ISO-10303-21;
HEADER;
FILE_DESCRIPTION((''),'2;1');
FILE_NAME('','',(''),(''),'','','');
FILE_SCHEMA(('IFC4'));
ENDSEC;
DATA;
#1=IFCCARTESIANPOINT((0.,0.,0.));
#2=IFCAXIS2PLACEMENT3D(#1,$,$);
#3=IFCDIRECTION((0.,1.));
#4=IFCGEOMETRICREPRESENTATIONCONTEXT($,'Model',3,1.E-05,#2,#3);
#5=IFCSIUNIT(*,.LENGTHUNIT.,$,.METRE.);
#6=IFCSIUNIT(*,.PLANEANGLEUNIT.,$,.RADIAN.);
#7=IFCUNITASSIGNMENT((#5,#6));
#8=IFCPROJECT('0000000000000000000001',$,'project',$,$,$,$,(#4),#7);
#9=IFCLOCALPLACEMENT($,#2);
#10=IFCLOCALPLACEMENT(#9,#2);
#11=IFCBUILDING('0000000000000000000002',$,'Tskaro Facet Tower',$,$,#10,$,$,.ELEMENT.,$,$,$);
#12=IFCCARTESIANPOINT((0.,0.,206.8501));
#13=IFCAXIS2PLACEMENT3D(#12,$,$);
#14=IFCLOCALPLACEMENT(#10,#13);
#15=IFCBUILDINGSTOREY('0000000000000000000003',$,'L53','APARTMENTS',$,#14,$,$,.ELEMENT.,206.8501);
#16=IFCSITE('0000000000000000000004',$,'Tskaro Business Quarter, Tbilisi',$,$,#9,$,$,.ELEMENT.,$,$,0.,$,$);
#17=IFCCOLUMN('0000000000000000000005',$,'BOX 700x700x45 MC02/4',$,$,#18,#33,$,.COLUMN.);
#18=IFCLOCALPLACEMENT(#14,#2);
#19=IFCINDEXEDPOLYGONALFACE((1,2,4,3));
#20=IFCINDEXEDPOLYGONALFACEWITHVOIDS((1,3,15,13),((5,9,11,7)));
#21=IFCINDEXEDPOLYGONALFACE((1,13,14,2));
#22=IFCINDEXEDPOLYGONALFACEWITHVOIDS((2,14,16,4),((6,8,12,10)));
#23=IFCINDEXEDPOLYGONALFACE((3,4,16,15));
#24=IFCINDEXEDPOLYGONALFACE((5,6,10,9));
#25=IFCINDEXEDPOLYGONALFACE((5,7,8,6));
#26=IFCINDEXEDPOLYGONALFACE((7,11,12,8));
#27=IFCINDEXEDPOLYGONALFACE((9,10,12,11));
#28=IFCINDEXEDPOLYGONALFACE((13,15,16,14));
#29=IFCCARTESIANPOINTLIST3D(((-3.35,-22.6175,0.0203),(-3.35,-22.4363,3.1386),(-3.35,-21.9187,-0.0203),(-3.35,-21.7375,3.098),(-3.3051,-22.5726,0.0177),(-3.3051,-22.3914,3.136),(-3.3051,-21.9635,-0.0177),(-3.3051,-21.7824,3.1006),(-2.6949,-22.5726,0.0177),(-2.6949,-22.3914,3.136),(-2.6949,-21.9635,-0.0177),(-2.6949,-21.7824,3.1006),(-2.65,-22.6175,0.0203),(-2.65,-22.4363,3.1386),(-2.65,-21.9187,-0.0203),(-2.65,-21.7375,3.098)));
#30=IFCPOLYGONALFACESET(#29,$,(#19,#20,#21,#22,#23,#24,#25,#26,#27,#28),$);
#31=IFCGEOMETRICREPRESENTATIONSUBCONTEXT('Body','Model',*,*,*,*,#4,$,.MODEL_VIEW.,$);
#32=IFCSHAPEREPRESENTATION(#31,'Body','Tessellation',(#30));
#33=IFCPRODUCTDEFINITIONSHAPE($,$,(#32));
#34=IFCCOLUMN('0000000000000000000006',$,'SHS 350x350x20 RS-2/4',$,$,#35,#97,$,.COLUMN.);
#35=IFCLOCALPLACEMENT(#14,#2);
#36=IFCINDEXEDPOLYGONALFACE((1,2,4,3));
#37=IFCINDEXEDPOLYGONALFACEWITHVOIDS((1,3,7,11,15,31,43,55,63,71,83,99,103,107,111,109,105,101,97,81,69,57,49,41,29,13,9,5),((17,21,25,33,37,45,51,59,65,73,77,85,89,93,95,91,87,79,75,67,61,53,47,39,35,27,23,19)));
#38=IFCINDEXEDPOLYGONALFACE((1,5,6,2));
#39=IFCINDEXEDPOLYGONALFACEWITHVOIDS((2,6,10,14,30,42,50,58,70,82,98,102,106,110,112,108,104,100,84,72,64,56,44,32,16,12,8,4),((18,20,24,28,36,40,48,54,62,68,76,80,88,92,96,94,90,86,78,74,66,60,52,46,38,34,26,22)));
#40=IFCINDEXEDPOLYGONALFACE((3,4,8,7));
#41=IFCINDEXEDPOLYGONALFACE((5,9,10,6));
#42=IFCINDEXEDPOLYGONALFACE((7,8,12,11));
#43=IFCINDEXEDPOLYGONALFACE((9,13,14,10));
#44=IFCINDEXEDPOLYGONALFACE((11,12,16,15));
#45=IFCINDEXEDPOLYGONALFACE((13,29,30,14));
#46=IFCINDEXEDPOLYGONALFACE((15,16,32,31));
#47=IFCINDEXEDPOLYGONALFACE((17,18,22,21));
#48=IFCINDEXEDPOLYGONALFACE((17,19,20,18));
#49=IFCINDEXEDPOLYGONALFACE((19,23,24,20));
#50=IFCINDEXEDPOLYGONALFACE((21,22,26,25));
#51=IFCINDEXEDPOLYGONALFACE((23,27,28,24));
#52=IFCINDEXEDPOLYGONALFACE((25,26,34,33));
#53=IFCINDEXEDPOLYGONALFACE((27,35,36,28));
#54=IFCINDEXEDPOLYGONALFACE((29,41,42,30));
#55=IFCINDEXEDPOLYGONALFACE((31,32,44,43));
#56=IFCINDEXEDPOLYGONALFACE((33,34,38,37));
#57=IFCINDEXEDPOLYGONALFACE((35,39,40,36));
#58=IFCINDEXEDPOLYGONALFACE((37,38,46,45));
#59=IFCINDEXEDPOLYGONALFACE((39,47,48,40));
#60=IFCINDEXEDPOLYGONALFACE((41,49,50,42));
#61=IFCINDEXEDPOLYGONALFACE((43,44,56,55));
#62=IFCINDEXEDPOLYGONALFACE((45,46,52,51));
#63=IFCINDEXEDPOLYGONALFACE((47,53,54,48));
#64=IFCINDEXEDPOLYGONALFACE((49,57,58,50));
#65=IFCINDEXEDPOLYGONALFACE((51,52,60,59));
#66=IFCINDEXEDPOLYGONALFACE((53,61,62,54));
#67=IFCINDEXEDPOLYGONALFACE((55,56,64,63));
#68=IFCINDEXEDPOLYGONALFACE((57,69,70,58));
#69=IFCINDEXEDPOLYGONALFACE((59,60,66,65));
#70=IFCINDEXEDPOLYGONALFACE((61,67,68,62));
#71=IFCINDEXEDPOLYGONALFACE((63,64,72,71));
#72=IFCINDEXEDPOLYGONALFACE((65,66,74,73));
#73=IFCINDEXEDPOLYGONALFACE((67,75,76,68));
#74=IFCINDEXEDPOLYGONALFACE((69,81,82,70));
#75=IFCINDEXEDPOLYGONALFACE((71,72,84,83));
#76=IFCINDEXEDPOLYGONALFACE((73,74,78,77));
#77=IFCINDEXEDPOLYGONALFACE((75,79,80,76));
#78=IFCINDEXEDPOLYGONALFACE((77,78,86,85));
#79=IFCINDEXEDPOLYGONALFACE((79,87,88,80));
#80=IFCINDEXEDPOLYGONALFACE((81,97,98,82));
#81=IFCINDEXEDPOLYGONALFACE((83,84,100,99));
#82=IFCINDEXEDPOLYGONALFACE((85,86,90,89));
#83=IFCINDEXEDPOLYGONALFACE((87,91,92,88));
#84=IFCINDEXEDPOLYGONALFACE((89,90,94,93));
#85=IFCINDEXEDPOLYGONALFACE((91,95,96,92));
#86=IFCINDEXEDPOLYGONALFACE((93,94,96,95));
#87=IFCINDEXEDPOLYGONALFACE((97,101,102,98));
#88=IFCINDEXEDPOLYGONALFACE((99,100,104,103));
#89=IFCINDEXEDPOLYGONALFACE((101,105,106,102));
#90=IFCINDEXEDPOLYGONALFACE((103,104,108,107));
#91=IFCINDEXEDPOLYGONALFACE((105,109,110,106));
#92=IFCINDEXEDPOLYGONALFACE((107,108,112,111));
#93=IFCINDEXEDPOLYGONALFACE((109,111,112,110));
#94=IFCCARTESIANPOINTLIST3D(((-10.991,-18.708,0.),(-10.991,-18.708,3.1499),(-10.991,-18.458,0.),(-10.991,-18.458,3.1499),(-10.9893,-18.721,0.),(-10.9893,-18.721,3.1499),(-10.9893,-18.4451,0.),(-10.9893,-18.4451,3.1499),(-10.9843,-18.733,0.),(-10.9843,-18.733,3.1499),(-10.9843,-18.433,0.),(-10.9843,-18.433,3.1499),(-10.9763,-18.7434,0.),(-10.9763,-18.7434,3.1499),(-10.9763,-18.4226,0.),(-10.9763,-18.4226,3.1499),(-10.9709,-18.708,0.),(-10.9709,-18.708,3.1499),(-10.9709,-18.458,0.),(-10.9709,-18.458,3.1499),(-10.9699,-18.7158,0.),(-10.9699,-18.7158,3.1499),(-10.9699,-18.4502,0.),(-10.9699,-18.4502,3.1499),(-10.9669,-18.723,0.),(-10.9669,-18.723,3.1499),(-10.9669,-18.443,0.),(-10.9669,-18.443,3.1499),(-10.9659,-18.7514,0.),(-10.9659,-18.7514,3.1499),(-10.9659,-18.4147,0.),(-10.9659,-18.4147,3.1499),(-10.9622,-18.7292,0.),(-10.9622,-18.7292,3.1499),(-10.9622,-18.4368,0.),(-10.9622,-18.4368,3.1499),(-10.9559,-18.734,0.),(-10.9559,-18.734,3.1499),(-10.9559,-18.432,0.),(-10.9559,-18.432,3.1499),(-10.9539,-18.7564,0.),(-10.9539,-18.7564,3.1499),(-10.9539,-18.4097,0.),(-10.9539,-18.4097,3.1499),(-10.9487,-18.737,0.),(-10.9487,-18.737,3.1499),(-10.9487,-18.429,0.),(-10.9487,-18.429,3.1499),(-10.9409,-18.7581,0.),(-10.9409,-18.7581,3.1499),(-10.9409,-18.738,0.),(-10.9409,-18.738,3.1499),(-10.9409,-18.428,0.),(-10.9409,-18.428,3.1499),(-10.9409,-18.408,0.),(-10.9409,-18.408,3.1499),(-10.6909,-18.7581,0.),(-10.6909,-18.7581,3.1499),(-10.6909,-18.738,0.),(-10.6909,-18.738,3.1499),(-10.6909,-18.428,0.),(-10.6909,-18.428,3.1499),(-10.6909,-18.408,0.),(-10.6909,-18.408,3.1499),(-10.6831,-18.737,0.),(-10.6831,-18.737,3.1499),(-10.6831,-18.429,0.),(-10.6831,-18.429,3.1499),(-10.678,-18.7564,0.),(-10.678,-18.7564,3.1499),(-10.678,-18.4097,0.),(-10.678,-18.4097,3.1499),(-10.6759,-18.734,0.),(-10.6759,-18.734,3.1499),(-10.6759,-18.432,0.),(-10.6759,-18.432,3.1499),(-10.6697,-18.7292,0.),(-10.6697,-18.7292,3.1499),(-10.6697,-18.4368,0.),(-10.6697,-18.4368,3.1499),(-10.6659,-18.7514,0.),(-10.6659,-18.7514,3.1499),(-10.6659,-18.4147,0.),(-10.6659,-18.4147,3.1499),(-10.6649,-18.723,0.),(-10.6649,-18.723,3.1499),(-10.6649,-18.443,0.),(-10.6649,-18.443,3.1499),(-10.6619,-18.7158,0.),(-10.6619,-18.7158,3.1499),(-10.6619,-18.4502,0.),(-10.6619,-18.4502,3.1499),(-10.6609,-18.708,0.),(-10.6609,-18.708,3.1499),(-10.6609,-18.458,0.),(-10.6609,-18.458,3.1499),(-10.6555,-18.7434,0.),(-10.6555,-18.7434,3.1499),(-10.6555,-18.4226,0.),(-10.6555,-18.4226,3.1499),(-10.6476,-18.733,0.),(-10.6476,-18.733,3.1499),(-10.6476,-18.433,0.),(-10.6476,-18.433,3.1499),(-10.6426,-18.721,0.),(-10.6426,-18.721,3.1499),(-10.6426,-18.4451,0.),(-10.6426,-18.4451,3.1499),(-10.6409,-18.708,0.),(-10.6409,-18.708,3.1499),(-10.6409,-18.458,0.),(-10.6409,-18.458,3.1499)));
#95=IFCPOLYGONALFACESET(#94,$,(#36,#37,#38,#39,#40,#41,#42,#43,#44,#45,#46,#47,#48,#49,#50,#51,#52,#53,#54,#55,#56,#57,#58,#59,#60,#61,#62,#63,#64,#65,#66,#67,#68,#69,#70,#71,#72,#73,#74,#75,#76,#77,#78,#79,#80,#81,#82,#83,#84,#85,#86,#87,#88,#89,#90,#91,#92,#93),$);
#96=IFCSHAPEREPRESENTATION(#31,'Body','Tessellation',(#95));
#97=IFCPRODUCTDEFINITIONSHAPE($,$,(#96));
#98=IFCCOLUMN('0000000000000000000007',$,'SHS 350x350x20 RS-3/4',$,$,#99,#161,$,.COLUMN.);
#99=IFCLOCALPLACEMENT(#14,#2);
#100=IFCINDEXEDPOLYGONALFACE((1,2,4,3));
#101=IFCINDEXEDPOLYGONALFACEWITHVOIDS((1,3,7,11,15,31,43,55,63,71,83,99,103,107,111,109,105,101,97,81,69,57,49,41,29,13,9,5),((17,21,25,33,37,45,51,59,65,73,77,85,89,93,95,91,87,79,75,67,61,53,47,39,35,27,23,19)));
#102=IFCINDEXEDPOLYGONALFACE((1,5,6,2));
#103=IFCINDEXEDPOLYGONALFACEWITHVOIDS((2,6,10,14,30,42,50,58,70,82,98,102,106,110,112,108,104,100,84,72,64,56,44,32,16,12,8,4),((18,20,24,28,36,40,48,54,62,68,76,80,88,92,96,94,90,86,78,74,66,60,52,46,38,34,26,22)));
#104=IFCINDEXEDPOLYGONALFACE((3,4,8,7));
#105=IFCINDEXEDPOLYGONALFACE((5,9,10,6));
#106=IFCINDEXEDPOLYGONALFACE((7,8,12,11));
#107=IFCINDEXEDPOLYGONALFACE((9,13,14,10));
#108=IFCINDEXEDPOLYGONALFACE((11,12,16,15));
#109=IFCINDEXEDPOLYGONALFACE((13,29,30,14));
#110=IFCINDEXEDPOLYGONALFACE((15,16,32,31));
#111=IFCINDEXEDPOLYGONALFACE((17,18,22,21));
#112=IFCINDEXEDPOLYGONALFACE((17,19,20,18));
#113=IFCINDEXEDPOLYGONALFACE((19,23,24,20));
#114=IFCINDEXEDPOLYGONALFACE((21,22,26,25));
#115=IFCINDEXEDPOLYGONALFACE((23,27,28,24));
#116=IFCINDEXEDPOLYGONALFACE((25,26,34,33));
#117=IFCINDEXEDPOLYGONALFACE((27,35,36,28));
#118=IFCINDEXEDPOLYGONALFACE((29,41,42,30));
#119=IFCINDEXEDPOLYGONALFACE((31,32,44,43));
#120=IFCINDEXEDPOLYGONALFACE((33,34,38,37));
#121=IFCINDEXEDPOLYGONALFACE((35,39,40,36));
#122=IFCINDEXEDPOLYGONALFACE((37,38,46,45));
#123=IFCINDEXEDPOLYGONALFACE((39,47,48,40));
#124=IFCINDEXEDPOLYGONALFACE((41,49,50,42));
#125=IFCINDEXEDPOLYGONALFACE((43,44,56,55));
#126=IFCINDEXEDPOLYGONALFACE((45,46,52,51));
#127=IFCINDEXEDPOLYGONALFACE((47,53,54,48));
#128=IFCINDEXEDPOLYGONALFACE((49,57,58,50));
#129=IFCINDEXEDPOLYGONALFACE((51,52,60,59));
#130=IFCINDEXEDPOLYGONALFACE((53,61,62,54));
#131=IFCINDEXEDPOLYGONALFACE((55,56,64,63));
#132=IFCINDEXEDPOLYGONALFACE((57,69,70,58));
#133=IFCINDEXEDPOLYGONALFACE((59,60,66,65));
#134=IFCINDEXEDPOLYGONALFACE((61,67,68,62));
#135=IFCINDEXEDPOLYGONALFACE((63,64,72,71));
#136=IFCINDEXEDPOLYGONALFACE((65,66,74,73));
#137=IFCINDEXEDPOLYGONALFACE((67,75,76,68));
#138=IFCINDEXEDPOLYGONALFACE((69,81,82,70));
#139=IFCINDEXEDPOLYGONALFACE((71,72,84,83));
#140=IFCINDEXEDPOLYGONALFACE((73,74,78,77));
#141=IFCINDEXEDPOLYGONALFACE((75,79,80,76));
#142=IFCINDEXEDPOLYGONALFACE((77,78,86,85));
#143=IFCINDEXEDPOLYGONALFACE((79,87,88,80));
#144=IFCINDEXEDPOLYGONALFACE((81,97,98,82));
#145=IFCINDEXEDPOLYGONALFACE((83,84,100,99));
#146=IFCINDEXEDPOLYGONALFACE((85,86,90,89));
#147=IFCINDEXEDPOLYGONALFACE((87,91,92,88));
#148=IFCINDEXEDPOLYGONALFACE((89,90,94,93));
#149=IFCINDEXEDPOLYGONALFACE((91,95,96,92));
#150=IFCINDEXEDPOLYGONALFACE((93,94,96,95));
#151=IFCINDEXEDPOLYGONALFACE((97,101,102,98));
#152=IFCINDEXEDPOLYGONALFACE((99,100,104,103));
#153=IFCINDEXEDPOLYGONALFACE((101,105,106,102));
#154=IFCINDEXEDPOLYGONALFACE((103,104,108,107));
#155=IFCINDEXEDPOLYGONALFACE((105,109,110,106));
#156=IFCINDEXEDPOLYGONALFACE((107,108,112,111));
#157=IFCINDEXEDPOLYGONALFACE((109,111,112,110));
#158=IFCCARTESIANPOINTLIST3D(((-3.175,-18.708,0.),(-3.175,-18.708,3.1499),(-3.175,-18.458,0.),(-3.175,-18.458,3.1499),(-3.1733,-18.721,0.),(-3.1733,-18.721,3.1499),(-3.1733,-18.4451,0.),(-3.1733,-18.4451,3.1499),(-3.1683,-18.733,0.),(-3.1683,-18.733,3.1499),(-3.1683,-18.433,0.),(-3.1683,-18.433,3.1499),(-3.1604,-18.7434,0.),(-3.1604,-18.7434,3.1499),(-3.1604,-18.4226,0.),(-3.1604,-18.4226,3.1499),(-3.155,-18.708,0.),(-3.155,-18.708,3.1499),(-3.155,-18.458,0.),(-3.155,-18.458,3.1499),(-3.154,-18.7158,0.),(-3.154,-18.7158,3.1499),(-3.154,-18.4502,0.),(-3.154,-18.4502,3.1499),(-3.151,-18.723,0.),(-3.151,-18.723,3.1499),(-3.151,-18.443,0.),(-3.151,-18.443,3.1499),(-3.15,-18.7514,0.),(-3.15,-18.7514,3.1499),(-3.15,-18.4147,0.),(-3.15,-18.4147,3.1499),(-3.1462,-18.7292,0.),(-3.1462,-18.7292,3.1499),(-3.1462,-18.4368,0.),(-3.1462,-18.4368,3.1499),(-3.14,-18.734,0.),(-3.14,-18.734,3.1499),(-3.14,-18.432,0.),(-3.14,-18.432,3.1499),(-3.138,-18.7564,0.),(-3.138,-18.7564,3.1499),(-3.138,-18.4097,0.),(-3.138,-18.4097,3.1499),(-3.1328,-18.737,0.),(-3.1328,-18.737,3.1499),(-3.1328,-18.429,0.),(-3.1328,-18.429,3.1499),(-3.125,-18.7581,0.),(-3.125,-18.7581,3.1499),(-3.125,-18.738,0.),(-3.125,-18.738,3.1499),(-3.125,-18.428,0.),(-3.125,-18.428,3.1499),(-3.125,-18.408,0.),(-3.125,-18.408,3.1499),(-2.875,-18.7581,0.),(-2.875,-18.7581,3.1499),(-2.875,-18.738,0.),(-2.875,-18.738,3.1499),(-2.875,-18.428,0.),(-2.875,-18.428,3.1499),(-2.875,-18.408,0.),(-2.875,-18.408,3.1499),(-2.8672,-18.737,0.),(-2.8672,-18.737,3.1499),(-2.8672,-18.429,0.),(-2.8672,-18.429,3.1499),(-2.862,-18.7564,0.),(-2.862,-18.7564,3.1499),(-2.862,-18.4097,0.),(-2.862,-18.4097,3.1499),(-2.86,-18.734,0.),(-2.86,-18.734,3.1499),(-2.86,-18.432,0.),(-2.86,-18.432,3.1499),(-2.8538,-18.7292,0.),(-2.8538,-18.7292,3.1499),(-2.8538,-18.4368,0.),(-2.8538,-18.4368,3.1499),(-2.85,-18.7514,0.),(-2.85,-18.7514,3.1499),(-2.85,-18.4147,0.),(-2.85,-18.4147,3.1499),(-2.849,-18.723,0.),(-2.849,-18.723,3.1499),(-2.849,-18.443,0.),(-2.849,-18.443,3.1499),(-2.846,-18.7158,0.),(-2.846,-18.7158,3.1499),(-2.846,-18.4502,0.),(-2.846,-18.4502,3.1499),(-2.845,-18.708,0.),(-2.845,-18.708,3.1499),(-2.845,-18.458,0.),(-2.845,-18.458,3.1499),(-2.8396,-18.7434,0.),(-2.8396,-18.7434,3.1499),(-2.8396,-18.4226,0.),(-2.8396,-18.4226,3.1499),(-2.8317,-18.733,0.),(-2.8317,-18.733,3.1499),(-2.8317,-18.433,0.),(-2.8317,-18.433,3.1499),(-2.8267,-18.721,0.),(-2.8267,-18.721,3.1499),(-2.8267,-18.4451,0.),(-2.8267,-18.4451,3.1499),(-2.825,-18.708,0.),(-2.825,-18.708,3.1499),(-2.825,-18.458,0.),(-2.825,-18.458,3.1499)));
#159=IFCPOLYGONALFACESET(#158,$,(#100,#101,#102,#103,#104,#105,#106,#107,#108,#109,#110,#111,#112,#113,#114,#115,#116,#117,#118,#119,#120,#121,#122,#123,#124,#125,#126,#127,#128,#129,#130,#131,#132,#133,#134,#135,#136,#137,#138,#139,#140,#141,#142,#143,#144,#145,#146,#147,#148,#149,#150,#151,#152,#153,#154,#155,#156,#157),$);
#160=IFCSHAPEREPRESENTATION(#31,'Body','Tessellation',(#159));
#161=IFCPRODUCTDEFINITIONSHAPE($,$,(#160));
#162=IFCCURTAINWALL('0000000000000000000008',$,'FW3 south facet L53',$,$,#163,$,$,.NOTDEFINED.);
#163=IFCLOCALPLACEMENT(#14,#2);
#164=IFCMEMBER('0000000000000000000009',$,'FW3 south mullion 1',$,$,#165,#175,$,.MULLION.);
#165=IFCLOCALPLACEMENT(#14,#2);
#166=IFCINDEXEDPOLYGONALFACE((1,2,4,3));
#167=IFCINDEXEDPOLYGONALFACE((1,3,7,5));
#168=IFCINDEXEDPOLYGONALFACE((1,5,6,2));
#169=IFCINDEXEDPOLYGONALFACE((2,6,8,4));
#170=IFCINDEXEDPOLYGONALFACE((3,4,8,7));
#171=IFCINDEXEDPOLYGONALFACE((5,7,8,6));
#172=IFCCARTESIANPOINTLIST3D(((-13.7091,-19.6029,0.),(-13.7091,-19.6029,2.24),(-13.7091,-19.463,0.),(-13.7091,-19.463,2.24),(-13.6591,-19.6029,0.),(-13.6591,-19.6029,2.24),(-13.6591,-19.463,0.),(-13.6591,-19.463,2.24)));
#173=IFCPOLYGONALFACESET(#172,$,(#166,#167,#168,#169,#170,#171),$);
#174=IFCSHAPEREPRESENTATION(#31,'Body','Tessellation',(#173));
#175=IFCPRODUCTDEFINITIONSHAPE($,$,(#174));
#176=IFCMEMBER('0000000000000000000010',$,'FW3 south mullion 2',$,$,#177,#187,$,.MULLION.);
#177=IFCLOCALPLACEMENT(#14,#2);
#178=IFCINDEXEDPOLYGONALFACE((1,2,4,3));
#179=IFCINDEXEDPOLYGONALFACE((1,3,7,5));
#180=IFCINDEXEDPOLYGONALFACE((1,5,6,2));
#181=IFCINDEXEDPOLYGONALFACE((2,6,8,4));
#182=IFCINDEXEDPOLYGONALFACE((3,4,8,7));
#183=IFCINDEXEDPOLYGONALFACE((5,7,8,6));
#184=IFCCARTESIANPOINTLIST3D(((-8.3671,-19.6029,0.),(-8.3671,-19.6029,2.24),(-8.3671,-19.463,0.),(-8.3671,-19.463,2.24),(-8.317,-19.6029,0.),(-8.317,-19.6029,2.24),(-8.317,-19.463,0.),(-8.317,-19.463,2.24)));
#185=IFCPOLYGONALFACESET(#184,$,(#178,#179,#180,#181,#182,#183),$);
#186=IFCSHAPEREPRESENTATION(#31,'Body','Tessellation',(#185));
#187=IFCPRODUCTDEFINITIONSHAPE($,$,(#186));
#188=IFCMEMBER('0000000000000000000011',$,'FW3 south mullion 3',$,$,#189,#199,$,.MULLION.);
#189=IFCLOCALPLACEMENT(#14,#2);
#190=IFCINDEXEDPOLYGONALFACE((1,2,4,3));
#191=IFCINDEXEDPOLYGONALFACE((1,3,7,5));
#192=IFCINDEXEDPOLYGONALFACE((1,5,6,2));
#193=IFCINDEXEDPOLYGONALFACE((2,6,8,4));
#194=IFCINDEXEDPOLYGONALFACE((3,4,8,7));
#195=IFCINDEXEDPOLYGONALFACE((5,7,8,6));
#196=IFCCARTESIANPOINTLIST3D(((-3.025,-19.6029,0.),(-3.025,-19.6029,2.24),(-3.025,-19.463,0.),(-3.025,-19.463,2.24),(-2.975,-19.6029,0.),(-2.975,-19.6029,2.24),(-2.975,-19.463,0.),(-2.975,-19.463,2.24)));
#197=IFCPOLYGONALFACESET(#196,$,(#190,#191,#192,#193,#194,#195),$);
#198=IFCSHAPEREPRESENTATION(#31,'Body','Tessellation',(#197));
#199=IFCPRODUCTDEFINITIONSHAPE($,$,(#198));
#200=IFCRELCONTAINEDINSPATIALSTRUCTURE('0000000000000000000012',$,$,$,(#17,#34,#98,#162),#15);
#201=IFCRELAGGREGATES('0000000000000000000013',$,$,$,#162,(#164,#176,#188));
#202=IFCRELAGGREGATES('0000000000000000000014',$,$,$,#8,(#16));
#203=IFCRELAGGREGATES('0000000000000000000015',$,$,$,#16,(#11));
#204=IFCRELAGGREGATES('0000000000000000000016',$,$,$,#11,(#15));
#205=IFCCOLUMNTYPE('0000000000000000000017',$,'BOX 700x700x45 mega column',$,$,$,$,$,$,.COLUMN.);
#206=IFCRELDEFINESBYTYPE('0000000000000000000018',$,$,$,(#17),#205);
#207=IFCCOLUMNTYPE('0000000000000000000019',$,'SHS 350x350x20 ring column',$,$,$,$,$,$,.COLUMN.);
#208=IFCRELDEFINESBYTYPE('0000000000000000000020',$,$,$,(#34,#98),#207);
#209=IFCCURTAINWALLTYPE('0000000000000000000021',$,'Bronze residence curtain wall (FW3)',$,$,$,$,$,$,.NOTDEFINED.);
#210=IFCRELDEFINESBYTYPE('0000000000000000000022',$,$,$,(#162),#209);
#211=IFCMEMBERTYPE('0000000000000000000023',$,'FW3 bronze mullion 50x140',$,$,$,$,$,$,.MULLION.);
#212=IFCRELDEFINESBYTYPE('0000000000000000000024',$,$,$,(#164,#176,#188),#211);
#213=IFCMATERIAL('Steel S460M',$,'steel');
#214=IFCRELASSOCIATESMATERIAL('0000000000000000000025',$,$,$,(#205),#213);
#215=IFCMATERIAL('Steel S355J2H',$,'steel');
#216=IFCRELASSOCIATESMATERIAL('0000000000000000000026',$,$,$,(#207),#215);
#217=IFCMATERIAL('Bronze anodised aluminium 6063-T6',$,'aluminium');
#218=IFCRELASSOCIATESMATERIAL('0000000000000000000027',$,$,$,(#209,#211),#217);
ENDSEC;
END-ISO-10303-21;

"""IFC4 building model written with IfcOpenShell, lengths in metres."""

from ifc_helpers import new_model, si_unit, direction, frame, origin, origin_2d, place, context, subcontext, project, spatial, rectangle, hollow_rectangle, extrude, material, material_profile, profile_set, type_object, element, aggregate, save


model = new_model("IFC4")

# Units and contexts
model_context = context("Model", 3, precision=1e-05, world=origin(), true_north=direction((0.0, 1.0)))
body_context = subcontext(model_context, "Body", "Model", "MODEL_VIEW")
ifc_project = project(units=[si_unit("LENGTHUNIT", "METRE"), si_unit("PLANEANGLEUNIT", "RADIAN")], contexts=[model_context])

# Site, building, storey
site_placement = place(None, origin())
site = spatial("IfcSite", under=ifc_project, at=site_placement, Name="Tskaro Business Quarter, Tbilisi", CompositionType="ELEMENT", RefElevation=0.0)
building_placement = place(site_placement, origin())
building = spatial("IfcBuilding", under=site, at=building_placement, Name="Tskaro Facet Tower", CompositionType="ELEMENT")
storey_placement = place(building_placement, frame((0.0, 0.0, 206.8501)))
storey = spatial("IfcBuildingStorey", under=building, at=storey_placement, Name="L53", Description="APARTMENTS", CompositionType="ELEMENT", Elevation=206.8501)

# Columns
ifc_material_1 = material(Name="Steel S460M", Category="steel")
ifc_material_profile_1 = material_profile(ifc_material_1, hollow_rectangle(XDim=0.7, YDim=0.7, WallThickness=0.0449, at=origin_2d()), Name="BOX 700x700x45")
ifc_profile_set_1 = profile_set([ifc_material_profile_1], Name="Steel S460M")
column_type_1 = type_object("IfcColumnType", Name="BOX 700x700x45 mega column", PredefinedType="COLUMN", material=ifc_profile_set_1)
column_placement = place(storey_placement, frame((-3.0, -22.2681, 0.0), z_axis=(0.0, 0.057998, 0.998317), x_axis=(-1.0, 0.0, 0.0)))
element("IfcColumn", 1, at=column_placement, inside=storey, type_object=column_type_1, Name="BOX 700x700x45 MC02/4", PredefinedType="COLUMN", context=body_context, shape_type="SweptSolid", body=[
    extrude(hollow_rectangle(XDim=0.7, YDim=0.7, WallThickness=0.0449, at=origin_2d()), origin(), (0.0, 0.0, 1.0), 3.1235),
])
ifc_material_2 = material(Name="Steel S355J2H", Category="steel")
ifc_material_profile_2 = material_profile(ifc_material_2, hollow_rectangle(XDim=0.3501, YDim=0.3501, WallThickness=0.02, InnerFilletRadius=0.03, OuterFilletRadius=0.05, at=origin_2d()), Name="SHS 350x350x20")
ifc_profile_set_2 = profile_set([ifc_material_profile_2], Name="Steel S355J2H")
column_type_2 = type_object("IfcColumnType", Name="SHS 350x350x20 ring column", PredefinedType="COLUMN", material=ifc_profile_set_2)
for number, where, z_axis, x_axis, name in (
    (2, (-10.8159, -18.583, 0.0), (0.0, 0.0, 1.0), (1.0, 0.0, 0.0), "SHS 350x350x20 RS-2/4"),
    (3, (-3.0, -18.583, 0.0), (0.0, 0.0, 1.0), (1.0, 0.0, 0.0), "SHS 350x350x20 RS-3/4"),
):
    element("IfcColumn", number, at=place(storey_placement, frame(where, z_axis=z_axis, x_axis=x_axis)), inside=storey, type_object=column_type_2, Name=name, PredefinedType="COLUMN", context=body_context, shape_type="SweptSolid", body=[
        extrude(hollow_rectangle(XDim=0.3501, YDim=0.3501, WallThickness=0.02, InnerFilletRadius=0.03, OuterFilletRadius=0.05, at=origin_2d()), origin(), (0.0, 0.0, 1.0), 3.1499),
    ])

# Curtain wall, members
ifc_material_3 = material(Name="Bronze anodised aluminium 6063-T6", Category="aluminium")
curtain_wall_type = type_object("IfcCurtainWallType", Name="Bronze residence curtain wall (FW3)", PredefinedType="NOTDEFINED", material=ifc_material_3)
curtain_wall_placement = place(storey_placement, origin())
curtain_wall = element("IfcCurtainWall", 4, at=curtain_wall_placement, inside=storey, type_object=curtain_wall_type, Name="FW3 south facet L53", PredefinedType="NOTDEFINED")
ifc_material_profile_3 = material_profile(ifc_material_3, rectangle(XDim=0.05, YDim=0.1399, at=origin_2d()), Name="Mullion 50x140")
ifc_profile_set_3 = profile_set([ifc_material_profile_3], Name="Bronze anodised aluminium 6063-T6")
member_type_1 = type_object("IfcMemberType", Name="FW3 bronze mullion 50x140", PredefinedType="MULLION", material=ifc_profile_set_3)
member_1_placement = place(storey_placement, frame((-13.6841, -19.533, 0.0), z_axis=(0.0, 0.0, 1.0), x_axis=(1.0, 0.0, 0.0)))
member_1 = element("IfcMember", 5, at=member_1_placement, type_object=member_type_1, Name="FW3 south mullion 1", PredefinedType="MULLION", context=body_context, shape_type="SweptSolid", body=[
    extrude(rectangle(XDim=0.05, YDim=0.1399, at=origin_2d()), origin(), (0.0, 0.0, 1.0), 2.24),
])
member_2_placement = place(storey_placement, frame((-8.342, -19.533, 0.0), z_axis=(0.0, 0.0, 1.0), x_axis=(1.0, 0.0, 0.0)))
member_2 = element("IfcMember", 6, at=member_2_placement, type_object=member_type_1, Name="FW3 south mullion 2", PredefinedType="MULLION", context=body_context, shape_type="SweptSolid", body=[
    extrude(rectangle(XDim=0.05, YDim=0.1399, at=origin_2d()), origin(), (0.0, 0.0, 1.0), 2.24),
])
member_3_placement = place(storey_placement, frame((-3.0, -19.533, 0.0), z_axis=(0.0, 0.0, 1.0), x_axis=(1.0, 0.0, 0.0)))
member_3 = element("IfcMember", 7, at=member_3_placement, type_object=member_type_1, Name="FW3 south mullion 3", PredefinedType="MULLION", context=body_context, shape_type="SweptSolid", body=[
    extrude(rectangle(XDim=0.05, YDim=0.1399, at=origin_2d()), origin(), (0.0, 0.0, 1.0), 2.24),
])

aggregate(curtain_wall, [member_1, member_2, member_3])

save(model, "model.ifc")
